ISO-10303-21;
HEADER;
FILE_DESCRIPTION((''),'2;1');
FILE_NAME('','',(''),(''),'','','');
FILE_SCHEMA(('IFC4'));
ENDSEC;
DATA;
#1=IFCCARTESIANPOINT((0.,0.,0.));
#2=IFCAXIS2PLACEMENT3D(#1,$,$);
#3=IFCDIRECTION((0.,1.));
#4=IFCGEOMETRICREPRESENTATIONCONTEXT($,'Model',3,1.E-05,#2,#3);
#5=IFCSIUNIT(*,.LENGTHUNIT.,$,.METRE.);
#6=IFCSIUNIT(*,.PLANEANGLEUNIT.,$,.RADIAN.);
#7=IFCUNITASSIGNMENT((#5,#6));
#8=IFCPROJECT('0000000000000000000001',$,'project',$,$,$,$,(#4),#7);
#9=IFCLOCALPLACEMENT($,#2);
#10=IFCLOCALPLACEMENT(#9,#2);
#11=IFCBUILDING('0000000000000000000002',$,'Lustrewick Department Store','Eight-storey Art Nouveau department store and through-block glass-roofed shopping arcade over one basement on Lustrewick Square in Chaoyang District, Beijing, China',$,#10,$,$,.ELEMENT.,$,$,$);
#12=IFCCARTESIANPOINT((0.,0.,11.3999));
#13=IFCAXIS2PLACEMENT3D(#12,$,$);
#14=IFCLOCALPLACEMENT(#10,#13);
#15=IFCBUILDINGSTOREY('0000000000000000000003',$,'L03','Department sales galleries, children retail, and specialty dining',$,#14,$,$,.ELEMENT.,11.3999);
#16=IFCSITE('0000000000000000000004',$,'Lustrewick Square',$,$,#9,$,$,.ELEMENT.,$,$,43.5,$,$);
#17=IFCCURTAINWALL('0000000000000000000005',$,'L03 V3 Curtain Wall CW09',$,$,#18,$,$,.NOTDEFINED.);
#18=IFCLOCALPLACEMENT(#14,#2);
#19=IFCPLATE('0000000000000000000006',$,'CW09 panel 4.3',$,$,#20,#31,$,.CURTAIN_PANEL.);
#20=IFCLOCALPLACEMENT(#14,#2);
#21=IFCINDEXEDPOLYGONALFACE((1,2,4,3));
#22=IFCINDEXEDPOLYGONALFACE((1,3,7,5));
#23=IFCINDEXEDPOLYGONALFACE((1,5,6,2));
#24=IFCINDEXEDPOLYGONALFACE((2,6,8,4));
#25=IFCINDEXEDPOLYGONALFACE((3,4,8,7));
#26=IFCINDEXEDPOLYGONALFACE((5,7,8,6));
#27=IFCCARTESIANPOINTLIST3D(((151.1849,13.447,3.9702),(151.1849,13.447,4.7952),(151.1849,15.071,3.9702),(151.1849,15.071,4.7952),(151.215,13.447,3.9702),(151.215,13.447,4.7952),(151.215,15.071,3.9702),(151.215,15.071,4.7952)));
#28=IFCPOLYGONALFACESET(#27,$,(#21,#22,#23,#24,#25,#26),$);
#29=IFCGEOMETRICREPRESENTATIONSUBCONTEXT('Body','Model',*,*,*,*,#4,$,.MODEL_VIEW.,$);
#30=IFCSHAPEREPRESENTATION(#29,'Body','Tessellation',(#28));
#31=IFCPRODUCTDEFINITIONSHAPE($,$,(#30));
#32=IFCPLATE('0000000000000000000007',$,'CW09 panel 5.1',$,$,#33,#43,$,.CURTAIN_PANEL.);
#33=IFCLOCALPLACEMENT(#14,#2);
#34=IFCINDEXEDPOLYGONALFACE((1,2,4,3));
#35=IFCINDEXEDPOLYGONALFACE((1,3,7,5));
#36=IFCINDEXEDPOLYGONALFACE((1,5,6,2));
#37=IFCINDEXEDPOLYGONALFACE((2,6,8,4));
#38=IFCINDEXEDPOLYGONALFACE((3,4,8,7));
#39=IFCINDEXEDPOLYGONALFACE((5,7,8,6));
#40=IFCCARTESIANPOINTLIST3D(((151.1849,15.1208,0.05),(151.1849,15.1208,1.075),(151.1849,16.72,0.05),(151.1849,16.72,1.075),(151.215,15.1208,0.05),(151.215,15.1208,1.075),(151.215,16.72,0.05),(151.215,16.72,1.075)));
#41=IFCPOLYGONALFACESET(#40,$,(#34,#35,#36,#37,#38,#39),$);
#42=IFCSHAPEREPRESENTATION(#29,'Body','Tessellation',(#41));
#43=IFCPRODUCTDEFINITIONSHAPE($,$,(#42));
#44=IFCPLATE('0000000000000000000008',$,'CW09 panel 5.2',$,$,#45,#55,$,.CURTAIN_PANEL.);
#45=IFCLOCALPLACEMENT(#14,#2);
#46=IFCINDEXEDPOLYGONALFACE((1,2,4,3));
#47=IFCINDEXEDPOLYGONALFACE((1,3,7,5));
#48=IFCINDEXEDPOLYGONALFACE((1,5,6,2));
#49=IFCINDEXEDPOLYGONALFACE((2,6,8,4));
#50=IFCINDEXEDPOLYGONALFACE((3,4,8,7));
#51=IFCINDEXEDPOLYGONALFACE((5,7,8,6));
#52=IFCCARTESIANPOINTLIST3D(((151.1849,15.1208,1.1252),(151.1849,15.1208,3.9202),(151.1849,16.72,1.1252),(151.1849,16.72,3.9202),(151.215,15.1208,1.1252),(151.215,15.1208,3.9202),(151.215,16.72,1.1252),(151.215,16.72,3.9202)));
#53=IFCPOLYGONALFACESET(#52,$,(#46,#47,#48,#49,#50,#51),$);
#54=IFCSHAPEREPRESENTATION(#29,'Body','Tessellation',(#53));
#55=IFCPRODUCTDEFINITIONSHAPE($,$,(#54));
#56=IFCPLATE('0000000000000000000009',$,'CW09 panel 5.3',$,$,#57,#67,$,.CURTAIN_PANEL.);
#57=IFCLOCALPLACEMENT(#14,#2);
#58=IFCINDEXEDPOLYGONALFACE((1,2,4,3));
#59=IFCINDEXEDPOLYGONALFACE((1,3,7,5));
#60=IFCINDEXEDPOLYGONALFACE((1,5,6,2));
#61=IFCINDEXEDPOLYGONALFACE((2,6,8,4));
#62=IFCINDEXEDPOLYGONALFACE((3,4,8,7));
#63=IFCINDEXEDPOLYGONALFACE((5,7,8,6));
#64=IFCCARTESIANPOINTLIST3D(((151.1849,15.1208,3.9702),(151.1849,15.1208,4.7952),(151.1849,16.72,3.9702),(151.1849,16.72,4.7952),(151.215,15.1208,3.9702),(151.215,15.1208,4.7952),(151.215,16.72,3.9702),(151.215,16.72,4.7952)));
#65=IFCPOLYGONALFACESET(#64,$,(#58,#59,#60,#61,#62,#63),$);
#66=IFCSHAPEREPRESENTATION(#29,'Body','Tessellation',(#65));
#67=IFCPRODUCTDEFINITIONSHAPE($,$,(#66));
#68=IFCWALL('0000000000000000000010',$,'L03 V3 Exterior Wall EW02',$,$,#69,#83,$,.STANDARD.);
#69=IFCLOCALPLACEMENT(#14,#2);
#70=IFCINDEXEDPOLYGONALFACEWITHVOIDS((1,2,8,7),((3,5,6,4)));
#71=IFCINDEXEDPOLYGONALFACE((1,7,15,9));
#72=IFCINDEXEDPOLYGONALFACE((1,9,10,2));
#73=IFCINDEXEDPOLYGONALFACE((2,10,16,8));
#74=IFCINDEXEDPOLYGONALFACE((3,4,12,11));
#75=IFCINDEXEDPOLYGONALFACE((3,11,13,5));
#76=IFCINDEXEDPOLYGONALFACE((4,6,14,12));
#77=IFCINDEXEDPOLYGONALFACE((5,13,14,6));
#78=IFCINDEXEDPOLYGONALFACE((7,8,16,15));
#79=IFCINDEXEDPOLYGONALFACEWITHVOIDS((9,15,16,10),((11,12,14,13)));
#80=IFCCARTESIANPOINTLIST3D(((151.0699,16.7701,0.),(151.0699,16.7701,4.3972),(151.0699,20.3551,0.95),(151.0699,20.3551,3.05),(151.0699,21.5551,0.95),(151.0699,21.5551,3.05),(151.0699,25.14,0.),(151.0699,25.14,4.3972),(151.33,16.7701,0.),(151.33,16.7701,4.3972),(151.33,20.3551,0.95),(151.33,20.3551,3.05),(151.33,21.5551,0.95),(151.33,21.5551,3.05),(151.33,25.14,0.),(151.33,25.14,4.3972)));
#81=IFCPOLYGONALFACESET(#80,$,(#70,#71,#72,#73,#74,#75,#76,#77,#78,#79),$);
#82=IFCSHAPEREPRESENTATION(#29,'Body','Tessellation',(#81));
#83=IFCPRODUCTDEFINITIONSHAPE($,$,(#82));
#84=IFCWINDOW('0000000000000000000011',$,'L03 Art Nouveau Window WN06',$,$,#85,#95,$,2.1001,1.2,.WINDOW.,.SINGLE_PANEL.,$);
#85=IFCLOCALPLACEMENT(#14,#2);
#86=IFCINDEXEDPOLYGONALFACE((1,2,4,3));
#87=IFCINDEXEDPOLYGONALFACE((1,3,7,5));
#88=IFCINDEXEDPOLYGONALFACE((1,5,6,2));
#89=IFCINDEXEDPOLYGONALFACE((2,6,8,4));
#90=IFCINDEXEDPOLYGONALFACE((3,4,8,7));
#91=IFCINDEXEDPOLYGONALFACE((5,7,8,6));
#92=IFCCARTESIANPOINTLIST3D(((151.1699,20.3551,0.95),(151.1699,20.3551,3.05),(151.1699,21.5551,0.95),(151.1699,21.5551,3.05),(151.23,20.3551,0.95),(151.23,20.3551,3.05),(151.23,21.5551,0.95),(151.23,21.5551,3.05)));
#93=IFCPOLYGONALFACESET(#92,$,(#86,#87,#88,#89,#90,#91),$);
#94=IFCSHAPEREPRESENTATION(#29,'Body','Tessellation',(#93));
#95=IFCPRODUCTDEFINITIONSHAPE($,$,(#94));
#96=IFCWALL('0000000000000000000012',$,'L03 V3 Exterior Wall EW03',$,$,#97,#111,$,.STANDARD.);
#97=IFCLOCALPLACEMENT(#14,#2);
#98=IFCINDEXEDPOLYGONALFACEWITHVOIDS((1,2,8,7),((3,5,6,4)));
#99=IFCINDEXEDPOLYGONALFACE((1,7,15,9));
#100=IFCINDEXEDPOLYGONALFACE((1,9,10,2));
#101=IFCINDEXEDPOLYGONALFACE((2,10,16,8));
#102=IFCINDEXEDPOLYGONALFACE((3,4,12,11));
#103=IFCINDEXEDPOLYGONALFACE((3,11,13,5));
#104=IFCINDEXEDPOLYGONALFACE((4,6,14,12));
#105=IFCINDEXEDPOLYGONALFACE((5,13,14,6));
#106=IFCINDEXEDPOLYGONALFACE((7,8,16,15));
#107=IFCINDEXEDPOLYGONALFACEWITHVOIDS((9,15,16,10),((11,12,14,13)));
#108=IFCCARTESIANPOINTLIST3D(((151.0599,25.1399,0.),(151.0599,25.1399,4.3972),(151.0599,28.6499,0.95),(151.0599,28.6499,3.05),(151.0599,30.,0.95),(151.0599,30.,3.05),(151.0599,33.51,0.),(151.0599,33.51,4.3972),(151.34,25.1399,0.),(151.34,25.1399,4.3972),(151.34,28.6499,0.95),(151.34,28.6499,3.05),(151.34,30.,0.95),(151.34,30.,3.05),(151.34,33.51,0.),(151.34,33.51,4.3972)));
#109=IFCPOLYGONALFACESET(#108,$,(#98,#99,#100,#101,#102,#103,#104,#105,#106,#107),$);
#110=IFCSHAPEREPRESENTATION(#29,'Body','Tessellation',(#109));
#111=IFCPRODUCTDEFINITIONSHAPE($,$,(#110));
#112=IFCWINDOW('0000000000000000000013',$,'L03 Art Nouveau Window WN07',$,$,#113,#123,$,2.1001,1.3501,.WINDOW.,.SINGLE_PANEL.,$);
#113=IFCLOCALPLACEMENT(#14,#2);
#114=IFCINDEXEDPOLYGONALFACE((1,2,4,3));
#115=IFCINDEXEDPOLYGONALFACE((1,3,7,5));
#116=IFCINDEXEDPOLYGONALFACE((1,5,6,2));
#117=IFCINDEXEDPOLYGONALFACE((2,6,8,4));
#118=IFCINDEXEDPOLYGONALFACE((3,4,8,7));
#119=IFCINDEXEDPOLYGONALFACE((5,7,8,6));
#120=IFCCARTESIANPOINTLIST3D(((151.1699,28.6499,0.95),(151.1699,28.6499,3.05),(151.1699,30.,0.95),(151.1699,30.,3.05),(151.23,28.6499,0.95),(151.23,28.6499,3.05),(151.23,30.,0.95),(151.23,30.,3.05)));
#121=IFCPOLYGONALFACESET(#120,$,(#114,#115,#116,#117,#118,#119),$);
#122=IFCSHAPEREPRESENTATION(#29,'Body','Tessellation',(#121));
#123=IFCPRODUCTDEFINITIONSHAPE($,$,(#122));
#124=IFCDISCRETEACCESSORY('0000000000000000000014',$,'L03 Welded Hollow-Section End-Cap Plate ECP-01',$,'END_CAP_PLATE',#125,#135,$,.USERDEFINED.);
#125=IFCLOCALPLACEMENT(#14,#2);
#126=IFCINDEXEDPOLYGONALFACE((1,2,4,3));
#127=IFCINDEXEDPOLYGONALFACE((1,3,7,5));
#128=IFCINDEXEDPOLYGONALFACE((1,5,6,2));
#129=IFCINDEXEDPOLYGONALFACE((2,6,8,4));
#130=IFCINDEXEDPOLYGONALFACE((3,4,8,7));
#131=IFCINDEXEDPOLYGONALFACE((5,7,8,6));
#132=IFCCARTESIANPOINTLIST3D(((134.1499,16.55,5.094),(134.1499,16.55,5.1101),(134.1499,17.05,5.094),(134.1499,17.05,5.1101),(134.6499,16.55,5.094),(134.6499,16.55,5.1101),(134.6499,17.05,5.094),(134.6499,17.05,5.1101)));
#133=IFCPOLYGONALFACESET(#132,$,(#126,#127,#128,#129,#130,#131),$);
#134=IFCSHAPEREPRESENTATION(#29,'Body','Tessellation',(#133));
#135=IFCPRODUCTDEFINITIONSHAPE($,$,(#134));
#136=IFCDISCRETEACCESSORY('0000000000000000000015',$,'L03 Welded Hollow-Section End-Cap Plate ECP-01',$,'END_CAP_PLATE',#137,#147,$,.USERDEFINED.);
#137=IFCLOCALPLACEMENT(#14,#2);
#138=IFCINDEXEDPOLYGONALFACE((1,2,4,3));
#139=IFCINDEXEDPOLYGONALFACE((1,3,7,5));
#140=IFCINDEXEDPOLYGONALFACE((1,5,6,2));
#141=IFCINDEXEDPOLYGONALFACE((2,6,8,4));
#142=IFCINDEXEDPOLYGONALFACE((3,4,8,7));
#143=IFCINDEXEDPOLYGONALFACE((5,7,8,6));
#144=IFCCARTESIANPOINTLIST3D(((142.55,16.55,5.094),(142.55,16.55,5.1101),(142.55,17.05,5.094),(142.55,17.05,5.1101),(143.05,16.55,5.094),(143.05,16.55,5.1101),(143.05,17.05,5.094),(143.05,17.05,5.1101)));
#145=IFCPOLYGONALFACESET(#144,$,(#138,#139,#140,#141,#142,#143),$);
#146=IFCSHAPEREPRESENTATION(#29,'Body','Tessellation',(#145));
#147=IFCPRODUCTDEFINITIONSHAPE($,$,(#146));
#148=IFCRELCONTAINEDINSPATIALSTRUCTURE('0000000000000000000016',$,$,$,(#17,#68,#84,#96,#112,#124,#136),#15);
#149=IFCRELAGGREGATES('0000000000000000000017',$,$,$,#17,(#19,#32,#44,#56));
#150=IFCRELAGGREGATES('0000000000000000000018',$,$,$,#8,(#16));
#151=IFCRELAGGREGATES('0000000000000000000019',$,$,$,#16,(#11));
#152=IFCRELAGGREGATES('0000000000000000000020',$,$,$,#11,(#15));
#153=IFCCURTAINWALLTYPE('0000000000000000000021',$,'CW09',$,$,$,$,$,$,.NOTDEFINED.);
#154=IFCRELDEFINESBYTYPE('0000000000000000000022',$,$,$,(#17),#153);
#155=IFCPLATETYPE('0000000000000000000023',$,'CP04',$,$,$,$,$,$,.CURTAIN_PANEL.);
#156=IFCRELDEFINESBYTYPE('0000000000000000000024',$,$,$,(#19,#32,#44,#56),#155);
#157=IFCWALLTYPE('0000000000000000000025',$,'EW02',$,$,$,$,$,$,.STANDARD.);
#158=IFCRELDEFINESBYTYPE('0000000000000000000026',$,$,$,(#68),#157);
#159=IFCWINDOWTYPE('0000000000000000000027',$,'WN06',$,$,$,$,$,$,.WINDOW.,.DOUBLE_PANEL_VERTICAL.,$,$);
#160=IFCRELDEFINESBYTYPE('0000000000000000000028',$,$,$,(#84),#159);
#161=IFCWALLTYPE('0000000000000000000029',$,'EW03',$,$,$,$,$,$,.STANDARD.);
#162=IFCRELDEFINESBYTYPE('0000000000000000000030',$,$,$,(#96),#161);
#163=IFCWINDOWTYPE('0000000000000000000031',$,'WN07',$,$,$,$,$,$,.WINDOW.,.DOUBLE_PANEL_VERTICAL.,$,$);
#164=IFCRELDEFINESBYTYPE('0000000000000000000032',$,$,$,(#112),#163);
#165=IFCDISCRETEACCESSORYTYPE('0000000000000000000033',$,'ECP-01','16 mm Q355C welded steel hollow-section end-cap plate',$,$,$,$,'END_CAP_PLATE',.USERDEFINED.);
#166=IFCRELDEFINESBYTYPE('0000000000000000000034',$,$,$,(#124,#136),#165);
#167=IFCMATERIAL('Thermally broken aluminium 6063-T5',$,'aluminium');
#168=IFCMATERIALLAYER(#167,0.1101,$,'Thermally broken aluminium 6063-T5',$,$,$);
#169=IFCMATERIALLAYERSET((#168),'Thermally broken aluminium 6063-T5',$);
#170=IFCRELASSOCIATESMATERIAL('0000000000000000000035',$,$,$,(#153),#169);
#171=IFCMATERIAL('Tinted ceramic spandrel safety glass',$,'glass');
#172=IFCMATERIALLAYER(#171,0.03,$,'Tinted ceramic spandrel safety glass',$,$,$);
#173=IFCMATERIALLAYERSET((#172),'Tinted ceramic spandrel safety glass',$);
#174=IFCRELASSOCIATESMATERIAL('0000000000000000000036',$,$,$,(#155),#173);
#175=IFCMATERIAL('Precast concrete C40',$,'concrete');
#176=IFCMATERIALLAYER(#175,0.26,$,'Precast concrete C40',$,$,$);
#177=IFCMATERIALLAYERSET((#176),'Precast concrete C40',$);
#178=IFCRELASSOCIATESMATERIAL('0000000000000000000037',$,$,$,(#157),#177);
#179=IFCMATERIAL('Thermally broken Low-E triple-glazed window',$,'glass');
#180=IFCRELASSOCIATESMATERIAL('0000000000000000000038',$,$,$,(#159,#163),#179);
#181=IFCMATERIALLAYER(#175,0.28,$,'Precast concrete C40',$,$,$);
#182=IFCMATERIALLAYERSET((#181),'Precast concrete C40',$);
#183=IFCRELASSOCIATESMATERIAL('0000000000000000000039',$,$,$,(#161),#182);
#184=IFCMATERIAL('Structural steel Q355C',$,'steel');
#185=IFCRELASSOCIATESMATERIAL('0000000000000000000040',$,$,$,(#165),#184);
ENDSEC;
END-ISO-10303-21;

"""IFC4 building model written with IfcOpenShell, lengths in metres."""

from ifc_helpers import new_model, si_unit, direction, frame, frame_2d, origin, origin_2d, place, context, subcontext, project, spatial, rectangle, extrude, material, layer, layer_set, type_object, element, fill, aggregate, save


model = new_model("IFC4")

# Units and contexts
model_context = context("Model", 3, precision=1e-05, world=origin(), true_north=direction((0.0, 1.0)))
body_context = subcontext(model_context, "Body", "Model", "MODEL_VIEW")
ifc_project = project(units=[si_unit("LENGTHUNIT", "METRE"), si_unit("PLANEANGLEUNIT", "RADIAN")], contexts=[model_context])

# Site, building, storey
site_placement = place(None, origin())
site = spatial("IfcSite", under=ifc_project, at=site_placement, Name="Lustrewick Square", CompositionType="ELEMENT", RefElevation=43.5)
building_placement = place(site_placement, origin())
building = spatial("IfcBuilding", under=site, at=building_placement, Name="Lustrewick Department Store", Description="Eight-storey Art Nouveau department store and through-block glass-roofed shopping arcade over one basement on Lustrewick Square in Chaoyang District, Beijing, China", CompositionType="ELEMENT")
storey_placement = place(building_placement, frame((0.0, 0.0, 11.3999)))
storey = spatial("IfcBuildingStorey", under=building, at=storey_placement, Name="L03", Description="Department sales galleries, children retail, and specialty dining", CompositionType="ELEMENT", Elevation=11.3999)

# Shared definitions
ifc_material_1 = material(Name="Structural steel Q355C", Category="steel")

# Curtain wall
ifc_material_2 = material(Name="Thermally broken aluminium 6063-T5", Category="aluminium")
ifc_layer_1 = layer(ifc_material_2, 0.1101, Name="Thermally broken aluminium 6063-T5")
ifc_layer_set_1 = layer_set([ifc_layer_1], Name="Thermally broken aluminium 6063-T5")
curtain_wall_type = type_object("IfcCurtainWallType", Name="CW09", PredefinedType="NOTDEFINED", material=ifc_layer_set_1)
curtain_wall_placement = place(storey_placement, origin())
curtain_wall = element("IfcCurtainWall", 1, at=curtain_wall_placement, inside=storey, type_object=curtain_wall_type, Name="L03 V3 Curtain Wall CW09", PredefinedType="NOTDEFINED")

# Plates
ifc_material_3 = material(Name="Tinted ceramic spandrel safety glass", Category="glass")
ifc_layer_2 = layer(ifc_material_3, 0.03, Name="Tinted ceramic spandrel safety glass")
ifc_layer_set_2 = layer_set([ifc_layer_2], Name="Tinted ceramic spandrel safety glass")
plate_type = type_object("IfcPlateType", Name="CP04", PredefinedType="CURTAIN_PANEL", material=ifc_layer_set_2)
plate_1_placement = place(storey_placement, frame((151.2, 14.259, 3.9702), z_axis=(0.0, 0.0, 1.0), x_axis=(0.0, 1.0, 0.0)))
plate_1 = element("IfcPlate", 2, at=plate_1_placement, type_object=plate_type, Name="CW09 panel 4.3", PredefinedType="CURTAIN_PANEL", context=body_context, shape_type="SweptSolid", body=[
    extrude(rectangle(XDim=1.624, YDim=0.03, at=origin_2d()), origin(), (0.0, 0.0, 1.0), 0.825),
])
plate_2_placement = place(storey_placement, frame((151.2, 15.9204, 0.05), z_axis=(0.0, 0.0, 1.0), x_axis=(0.0, 1.0, 0.0)))
plate_2 = element("IfcPlate", 3, at=plate_2_placement, type_object=plate_type, Name="CW09 panel 5.1", PredefinedType="CURTAIN_PANEL", context=body_context, shape_type="SweptSolid", body=[
    extrude(rectangle(XDim=1.5991, YDim=0.03, at=origin_2d()), origin(), (0.0, 0.0, 1.0), 1.0249),
])
plate_3_placement = place(storey_placement, frame((151.2, 15.9204, 1.1252), z_axis=(0.0, 0.0, 1.0), x_axis=(0.0, 1.0, 0.0)))
plate_3 = element("IfcPlate", 4, at=plate_3_placement, type_object=plate_type, Name="CW09 panel 5.2", PredefinedType="CURTAIN_PANEL", context=body_context, shape_type="SweptSolid", body=[
    extrude(rectangle(XDim=1.5991, YDim=0.03, at=origin_2d()), origin(), (0.0, 0.0, 1.0), 2.7949),
])
plate_4_placement = place(storey_placement, frame((151.2, 15.9204, 3.9702), z_axis=(0.0, 0.0, 1.0), x_axis=(0.0, 1.0, 0.0)))
plate_4 = element("IfcPlate", 5, at=plate_4_placement, type_object=plate_type, Name="CW09 panel 5.3", PredefinedType="CURTAIN_PANEL", context=body_context, shape_type="SweptSolid", body=[
    extrude(rectangle(XDim=1.5991, YDim=0.03, at=origin_2d()), origin(), (0.0, 0.0, 1.0), 0.825),
])
aggregate(curtain_wall, [plate_1, plate_2, plate_3, plate_4])

# Walls, openings, windows
ifc_material_4 = material(Name="Precast concrete C40", Category="concrete")
ifc_layer_3 = layer(ifc_material_4, 0.26, Name="Precast concrete C40")
ifc_layer_set_3 = layer_set([ifc_layer_3], Name="Precast concrete C40")
wall_type_1 = type_object("IfcWallType", Name="EW02", PredefinedType="STANDARD", material=ifc_layer_set_3)
wall_1_placement = place(storey_placement, frame((151.2, 16.77, 0.0), z_axis=(0.0, 0.0, 1.0), x_axis=(0.0, 1.0, 0.0)))
wall_1 = element("IfcWall", 6, at=wall_1_placement, inside=storey, type_object=wall_type_1, Name="L03 V3 Exterior Wall EW02", PredefinedType="STANDARD", context=body_context, shape_type="SweptSolid", body=[
    extrude(rectangle(XDim=8.3699, YDim=0.26, at=frame_2d((4.1851, 0.0))), origin(), (0.0, 0.0, 1.0), 4.3972),
])
opening_1_placement = place(wall_1_placement, frame((3.585, 0.0, 0.95)))
opening_1 = element("IfcOpeningElement", 7, at=opening_1_placement, cuts=wall_1, PredefinedType="OPENING", context=body_context, shape_type="SweptSolid", body=[
    extrude(rectangle(XDim=1.2, YDim=2.1001, at=frame_2d((0.6001, 1.05))), frame((0.0, 0.1401, 0.0), z_axis=(0.0, -1.0, 0.0), x_axis=(1.0, 0.0, 0.0)), (0.0, 0.0, 1.0), 0.28),
])
ifc_material_5 = material(Name="Thermally broken Low-E triple-glazed window", Category="glass")
window_type_1 = type_object("IfcWindowType", Name="WN06", PartitioningType="DOUBLE_PANEL_VERTICAL", PredefinedType="WINDOW", material=ifc_material_5)
window_1_placement = place(opening_1_placement, origin())
window_1 = element("IfcWindow", 8, at=window_1_placement, inside=storey, type_object=window_type_1, Name="L03 Art Nouveau Window WN06", OverallHeight=2.1001, OverallWidth=1.2, PartitioningType="SINGLE_PANEL", PredefinedType="WINDOW", context=body_context, shape_type="SweptSolid", body=[
    extrude(rectangle(XDim=1.2, YDim=2.1001, at=frame_2d((0.6001, 1.05))), frame((0.0, 0.03, 0.0), z_axis=(0.0, -1.0, 0.0), x_axis=(1.0, 0.0, 0.0)), (0.0, 0.0, 1.0), 0.0601),
])
fill(opening_1, window_1)
ifc_layer_4 = layer(ifc_material_4, 0.28, Name="Precast concrete C40")
ifc_layer_set_4 = layer_set([ifc_layer_4], Name="Precast concrete C40")
wall_type_2 = type_object("IfcWallType", Name="EW03", PredefinedType="STANDARD", material=ifc_layer_set_4)
wall_2_placement = place(storey_placement, frame((151.2, 25.1399, 0.0), z_axis=(0.0, 0.0, 1.0), x_axis=(0.0, 1.0, 0.0)))
wall_2 = element("IfcWall", 9, at=wall_2_placement, inside=storey, type_object=wall_type_2, Name="L03 V3 Exterior Wall EW03", PredefinedType="STANDARD", context=body_context, shape_type="SweptSolid", body=[
    extrude(rectangle(XDim=8.3701, YDim=0.28, at=frame_2d((4.1851, 0.0))), origin(), (0.0, 0.0, 1.0), 4.3972),
])
opening_2_placement = place(wall_2_placement, frame((3.51, 0.0, 0.95)))
opening_2 = element("IfcOpeningElement", 10, at=opening_2_placement, cuts=wall_2, PredefinedType="OPENING", context=body_context, shape_type="SweptSolid", body=[
    extrude(rectangle(XDim=1.3501, YDim=2.1001, at=frame_2d((0.675, 1.05))), frame((0.0, 0.1499, 0.0), z_axis=(0.0, -1.0, 0.0), x_axis=(1.0, 0.0, 0.0)), (0.0, 0.0, 1.0), 0.3),
])
window_type_2 = type_object("IfcWindowType", Name="WN07", PartitioningType="DOUBLE_PANEL_VERTICAL", PredefinedType="WINDOW", material=ifc_material_5)
window_2_placement = place(opening_2_placement, origin())
window_2 = element("IfcWindow", 11, at=window_2_placement, inside=storey, type_object=window_type_2, Name="L03 Art Nouveau Window WN07", OverallHeight=2.1001, OverallWidth=1.3501, PartitioningType="SINGLE_PANEL", PredefinedType="WINDOW", context=body_context, shape_type="SweptSolid", body=[
    extrude(rectangle(XDim=1.3501, YDim=2.1001, at=frame_2d((0.675, 1.05))), frame((0.0, 0.03, 0.0), z_axis=(0.0, -1.0, 0.0), x_axis=(1.0, 0.0, 0.0)), (0.0, 0.0, 1.0), 0.0601),
])
fill(opening_2, window_2)

# Discrete accessories
discrete_accessory_type = type_object("IfcDiscreteAccessoryType", Name="ECP-01", Description="16 mm Q355C welded steel hollow-section end-cap plate", ElementType="END_CAP_PLATE", PredefinedType="USERDEFINED", material=ifc_material_1)
for number, where, z_axis, x_axis, name in (
    (12, (134.3999, 16.8, 5.094), (0.0, 0.0, 1.0), (1.0, 0.0, 0.0), "L03 Welded Hollow-Section End-Cap Plate ECP-01"),
    (13, (142.8, 16.8, 5.094), (0.0, 0.0, 1.0), (1.0, 0.0, 0.0), "L03 Welded Hollow-Section End-Cap Plate ECP-01"),
):
    element("IfcDiscreteAccessory", number, at=place(storey_placement, frame(where, z_axis=z_axis, x_axis=x_axis)), inside=storey, type_object=discrete_accessory_type, Name=name, ObjectType="END_CAP_PLATE", PredefinedType="USERDEFINED", context=body_context, shape_type="SweptSolid", body=[
        extrude(rectangle(XDim=0.5, YDim=0.5, at=origin_2d()), origin(), (0.0, 0.0, 1.0), 0.0161),
    ])

save(model, "model.ifc")
